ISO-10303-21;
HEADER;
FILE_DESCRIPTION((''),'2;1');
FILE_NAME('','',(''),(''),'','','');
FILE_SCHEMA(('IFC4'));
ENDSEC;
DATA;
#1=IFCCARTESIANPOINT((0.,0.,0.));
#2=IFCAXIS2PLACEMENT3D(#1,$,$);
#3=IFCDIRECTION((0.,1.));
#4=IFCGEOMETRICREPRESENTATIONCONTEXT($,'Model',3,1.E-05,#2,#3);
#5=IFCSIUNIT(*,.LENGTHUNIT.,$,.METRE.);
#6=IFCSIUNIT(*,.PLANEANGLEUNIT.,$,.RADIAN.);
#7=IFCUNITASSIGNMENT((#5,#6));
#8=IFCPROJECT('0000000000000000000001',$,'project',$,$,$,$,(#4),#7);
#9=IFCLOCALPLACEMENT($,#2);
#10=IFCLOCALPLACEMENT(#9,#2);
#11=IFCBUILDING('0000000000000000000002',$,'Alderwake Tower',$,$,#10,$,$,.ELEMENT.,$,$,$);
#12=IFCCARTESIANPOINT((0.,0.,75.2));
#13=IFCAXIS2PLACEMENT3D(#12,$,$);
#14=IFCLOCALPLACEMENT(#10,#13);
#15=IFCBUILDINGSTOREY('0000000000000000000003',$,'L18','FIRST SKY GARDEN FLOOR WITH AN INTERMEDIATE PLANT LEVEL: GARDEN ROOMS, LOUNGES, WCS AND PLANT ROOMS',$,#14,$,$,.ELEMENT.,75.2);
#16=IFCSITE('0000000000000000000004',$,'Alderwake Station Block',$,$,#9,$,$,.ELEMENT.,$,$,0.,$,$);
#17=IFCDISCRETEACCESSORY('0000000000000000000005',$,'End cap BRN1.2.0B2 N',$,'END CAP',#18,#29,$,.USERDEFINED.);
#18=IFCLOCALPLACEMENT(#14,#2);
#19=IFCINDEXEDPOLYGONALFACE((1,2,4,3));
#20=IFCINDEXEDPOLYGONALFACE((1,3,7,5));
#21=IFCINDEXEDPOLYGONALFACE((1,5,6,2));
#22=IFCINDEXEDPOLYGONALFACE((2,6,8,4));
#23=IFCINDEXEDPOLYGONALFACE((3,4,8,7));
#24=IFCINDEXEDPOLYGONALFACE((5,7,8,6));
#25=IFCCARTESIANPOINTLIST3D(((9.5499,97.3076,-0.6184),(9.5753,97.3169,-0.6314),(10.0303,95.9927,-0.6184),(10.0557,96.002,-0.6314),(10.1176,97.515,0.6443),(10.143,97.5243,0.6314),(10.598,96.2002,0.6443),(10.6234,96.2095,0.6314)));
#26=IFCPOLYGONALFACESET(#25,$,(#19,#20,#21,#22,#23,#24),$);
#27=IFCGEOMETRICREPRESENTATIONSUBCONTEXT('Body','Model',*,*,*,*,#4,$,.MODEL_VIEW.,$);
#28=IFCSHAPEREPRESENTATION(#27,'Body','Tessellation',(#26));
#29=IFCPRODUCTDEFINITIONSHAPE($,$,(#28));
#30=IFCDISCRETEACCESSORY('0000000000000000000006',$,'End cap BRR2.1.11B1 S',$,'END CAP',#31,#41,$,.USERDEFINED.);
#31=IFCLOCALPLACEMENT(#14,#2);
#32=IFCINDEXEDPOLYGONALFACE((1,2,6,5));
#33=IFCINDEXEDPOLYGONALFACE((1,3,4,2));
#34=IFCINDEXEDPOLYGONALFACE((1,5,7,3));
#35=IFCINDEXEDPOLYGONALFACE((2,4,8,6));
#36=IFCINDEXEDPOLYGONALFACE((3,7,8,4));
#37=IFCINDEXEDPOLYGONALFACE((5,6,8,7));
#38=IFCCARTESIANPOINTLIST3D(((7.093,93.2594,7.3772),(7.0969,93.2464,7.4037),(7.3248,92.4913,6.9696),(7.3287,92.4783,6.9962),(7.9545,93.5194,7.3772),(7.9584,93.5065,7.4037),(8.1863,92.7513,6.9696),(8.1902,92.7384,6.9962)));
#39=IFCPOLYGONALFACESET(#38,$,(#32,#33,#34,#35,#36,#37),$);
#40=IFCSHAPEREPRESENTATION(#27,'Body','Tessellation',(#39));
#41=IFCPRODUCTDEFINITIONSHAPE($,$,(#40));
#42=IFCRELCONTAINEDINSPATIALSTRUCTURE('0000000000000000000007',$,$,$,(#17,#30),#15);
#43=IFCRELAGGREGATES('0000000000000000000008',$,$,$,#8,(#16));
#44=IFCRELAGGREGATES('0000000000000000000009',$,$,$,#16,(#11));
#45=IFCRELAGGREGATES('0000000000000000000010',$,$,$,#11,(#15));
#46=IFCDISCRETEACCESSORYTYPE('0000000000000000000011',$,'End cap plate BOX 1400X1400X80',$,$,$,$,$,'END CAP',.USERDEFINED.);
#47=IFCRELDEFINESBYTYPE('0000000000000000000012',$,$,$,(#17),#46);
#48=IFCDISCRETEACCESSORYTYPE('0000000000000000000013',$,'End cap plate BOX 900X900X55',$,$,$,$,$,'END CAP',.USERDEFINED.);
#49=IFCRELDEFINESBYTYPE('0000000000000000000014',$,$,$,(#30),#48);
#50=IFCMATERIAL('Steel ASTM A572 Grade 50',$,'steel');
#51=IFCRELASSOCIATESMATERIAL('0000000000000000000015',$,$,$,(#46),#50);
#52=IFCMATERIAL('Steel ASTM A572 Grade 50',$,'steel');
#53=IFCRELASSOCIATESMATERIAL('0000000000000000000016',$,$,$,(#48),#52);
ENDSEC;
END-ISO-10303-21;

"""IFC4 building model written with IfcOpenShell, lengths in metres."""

from ifc_helpers import new_model, si_unit, direction, frame, origin, origin_2d, place, context, subcontext, project, spatial, rectangle, extrude, material, material_profile, profile_set, type_object, element, save


model = new_model("IFC4")

# Units and contexts
model_context = context("Model", 3, precision=1e-05, world=origin(), true_north=direction((0.0, 1.0)))
body_context = subcontext(model_context, "Body", "Model", "MODEL_VIEW")
ifc_project = project(units=[si_unit("LENGTHUNIT", "METRE"), si_unit("PLANEANGLEUNIT", "RADIAN")], contexts=[model_context])

# Site, building, storey
site_placement = place(None, origin())
site = spatial("IfcSite", under=ifc_project, at=site_placement, Name="Alderwake Station Block", CompositionType="ELEMENT", RefElevation=0.0)
building_placement = place(site_placement, origin())
building = spatial("IfcBuilding", under=site, at=building_placement, Name="Alderwake Tower", CompositionType="ELEMENT")
storey_placement = place(building_placement, frame((0.0, 0.0, 75.2)))
storey = spatial("IfcBuildingStorey", under=building, at=storey_placement, Name="L18", Description="FIRST SKY GARDEN FLOOR WITH AN INTERMEDIATE PLANT LEVEL: GARDEN ROOMS, LOUNGES, WCS AND PLANT ROOMS", CompositionType="ELEMENT", Elevation=75.2)

# Discrete accessories
ifc_material_1 = material(Name="Steel ASTM A572 Grade 50", Category="steel")
ifc_material_profile_1 = material_profile(ifc_material_1, rectangle(XDim=1.3999, YDim=1.3999, at=origin_2d()), Name="BOX 1400X1400X80 cap")
ifc_profile_set_1 = profile_set([ifc_material_profile_1], Name="Steel ASTM A572 Grade 50")
discrete_accessory_type_1 = type_object("IfcDiscreteAccessoryType", Name="End cap plate BOX 1400X1400X80", ElementType="END CAP", PredefinedType="USERDEFINED", material=ifc_profile_set_1)
discrete_accessory_1_placement = place(storey_placement, frame((10.0994, 96.7632, 0.0), z_axis=(-0.84721, -0.309558, 0.431751), x_axis=(0.343193, -0.939265, 0.0)))
element("IfcDiscreteAccessory", 1, at=discrete_accessory_1_placement, inside=storey, type_object=discrete_accessory_type_1, Name="End cap BRN1.2.0B2 N", ObjectType="END CAP", PredefinedType="USERDEFINED", context=body_context, shape_type="SweptSolid", body=[
    extrude(rectangle(XDim=1.3999, YDim=1.3999, at=origin_2d()), origin(), (0.0, 0.0, 1.0), 0.03),
])
ifc_material_2 = material(Name="Steel ASTM A572 Grade 50", Category="steel")
ifc_material_profile_2 = material_profile(ifc_material_2, rectangle(XDim=0.8999, YDim=0.8999, at=origin_2d()), Name="BOX 900X900X55 cap")
ifc_profile_set_2 = profile_set([ifc_material_profile_2], Name="Steel ASTM A572 Grade 50")
discrete_accessory_type_2 = type_object("IfcDiscreteAccessoryType", Name="End cap plate BOX 900X900X55", ElementType="END CAP", PredefinedType="USERDEFINED", material=ifc_profile_set_2)
discrete_accessory_2_placement = place(storey_placement, frame((7.6436, 92.9924, 7.2), z_axis=(-0.130875, 0.433524, -0.891588), x_axis=(-0.957328, -0.289005, 0.0)))
element("IfcDiscreteAccessory", 2, at=discrete_accessory_2_placement, inside=storey, type_object=discrete_accessory_type_2, Name="End cap BRR2.1.11B1 S", ObjectType="END CAP", PredefinedType="USERDEFINED", context=body_context, shape_type="SweptSolid", body=[
    extrude(rectangle(XDim=0.8999, YDim=0.8999, at=origin_2d()), origin(), (0.0, 0.0, 1.0), 0.0298),
])

save(model, "model.ifc")
